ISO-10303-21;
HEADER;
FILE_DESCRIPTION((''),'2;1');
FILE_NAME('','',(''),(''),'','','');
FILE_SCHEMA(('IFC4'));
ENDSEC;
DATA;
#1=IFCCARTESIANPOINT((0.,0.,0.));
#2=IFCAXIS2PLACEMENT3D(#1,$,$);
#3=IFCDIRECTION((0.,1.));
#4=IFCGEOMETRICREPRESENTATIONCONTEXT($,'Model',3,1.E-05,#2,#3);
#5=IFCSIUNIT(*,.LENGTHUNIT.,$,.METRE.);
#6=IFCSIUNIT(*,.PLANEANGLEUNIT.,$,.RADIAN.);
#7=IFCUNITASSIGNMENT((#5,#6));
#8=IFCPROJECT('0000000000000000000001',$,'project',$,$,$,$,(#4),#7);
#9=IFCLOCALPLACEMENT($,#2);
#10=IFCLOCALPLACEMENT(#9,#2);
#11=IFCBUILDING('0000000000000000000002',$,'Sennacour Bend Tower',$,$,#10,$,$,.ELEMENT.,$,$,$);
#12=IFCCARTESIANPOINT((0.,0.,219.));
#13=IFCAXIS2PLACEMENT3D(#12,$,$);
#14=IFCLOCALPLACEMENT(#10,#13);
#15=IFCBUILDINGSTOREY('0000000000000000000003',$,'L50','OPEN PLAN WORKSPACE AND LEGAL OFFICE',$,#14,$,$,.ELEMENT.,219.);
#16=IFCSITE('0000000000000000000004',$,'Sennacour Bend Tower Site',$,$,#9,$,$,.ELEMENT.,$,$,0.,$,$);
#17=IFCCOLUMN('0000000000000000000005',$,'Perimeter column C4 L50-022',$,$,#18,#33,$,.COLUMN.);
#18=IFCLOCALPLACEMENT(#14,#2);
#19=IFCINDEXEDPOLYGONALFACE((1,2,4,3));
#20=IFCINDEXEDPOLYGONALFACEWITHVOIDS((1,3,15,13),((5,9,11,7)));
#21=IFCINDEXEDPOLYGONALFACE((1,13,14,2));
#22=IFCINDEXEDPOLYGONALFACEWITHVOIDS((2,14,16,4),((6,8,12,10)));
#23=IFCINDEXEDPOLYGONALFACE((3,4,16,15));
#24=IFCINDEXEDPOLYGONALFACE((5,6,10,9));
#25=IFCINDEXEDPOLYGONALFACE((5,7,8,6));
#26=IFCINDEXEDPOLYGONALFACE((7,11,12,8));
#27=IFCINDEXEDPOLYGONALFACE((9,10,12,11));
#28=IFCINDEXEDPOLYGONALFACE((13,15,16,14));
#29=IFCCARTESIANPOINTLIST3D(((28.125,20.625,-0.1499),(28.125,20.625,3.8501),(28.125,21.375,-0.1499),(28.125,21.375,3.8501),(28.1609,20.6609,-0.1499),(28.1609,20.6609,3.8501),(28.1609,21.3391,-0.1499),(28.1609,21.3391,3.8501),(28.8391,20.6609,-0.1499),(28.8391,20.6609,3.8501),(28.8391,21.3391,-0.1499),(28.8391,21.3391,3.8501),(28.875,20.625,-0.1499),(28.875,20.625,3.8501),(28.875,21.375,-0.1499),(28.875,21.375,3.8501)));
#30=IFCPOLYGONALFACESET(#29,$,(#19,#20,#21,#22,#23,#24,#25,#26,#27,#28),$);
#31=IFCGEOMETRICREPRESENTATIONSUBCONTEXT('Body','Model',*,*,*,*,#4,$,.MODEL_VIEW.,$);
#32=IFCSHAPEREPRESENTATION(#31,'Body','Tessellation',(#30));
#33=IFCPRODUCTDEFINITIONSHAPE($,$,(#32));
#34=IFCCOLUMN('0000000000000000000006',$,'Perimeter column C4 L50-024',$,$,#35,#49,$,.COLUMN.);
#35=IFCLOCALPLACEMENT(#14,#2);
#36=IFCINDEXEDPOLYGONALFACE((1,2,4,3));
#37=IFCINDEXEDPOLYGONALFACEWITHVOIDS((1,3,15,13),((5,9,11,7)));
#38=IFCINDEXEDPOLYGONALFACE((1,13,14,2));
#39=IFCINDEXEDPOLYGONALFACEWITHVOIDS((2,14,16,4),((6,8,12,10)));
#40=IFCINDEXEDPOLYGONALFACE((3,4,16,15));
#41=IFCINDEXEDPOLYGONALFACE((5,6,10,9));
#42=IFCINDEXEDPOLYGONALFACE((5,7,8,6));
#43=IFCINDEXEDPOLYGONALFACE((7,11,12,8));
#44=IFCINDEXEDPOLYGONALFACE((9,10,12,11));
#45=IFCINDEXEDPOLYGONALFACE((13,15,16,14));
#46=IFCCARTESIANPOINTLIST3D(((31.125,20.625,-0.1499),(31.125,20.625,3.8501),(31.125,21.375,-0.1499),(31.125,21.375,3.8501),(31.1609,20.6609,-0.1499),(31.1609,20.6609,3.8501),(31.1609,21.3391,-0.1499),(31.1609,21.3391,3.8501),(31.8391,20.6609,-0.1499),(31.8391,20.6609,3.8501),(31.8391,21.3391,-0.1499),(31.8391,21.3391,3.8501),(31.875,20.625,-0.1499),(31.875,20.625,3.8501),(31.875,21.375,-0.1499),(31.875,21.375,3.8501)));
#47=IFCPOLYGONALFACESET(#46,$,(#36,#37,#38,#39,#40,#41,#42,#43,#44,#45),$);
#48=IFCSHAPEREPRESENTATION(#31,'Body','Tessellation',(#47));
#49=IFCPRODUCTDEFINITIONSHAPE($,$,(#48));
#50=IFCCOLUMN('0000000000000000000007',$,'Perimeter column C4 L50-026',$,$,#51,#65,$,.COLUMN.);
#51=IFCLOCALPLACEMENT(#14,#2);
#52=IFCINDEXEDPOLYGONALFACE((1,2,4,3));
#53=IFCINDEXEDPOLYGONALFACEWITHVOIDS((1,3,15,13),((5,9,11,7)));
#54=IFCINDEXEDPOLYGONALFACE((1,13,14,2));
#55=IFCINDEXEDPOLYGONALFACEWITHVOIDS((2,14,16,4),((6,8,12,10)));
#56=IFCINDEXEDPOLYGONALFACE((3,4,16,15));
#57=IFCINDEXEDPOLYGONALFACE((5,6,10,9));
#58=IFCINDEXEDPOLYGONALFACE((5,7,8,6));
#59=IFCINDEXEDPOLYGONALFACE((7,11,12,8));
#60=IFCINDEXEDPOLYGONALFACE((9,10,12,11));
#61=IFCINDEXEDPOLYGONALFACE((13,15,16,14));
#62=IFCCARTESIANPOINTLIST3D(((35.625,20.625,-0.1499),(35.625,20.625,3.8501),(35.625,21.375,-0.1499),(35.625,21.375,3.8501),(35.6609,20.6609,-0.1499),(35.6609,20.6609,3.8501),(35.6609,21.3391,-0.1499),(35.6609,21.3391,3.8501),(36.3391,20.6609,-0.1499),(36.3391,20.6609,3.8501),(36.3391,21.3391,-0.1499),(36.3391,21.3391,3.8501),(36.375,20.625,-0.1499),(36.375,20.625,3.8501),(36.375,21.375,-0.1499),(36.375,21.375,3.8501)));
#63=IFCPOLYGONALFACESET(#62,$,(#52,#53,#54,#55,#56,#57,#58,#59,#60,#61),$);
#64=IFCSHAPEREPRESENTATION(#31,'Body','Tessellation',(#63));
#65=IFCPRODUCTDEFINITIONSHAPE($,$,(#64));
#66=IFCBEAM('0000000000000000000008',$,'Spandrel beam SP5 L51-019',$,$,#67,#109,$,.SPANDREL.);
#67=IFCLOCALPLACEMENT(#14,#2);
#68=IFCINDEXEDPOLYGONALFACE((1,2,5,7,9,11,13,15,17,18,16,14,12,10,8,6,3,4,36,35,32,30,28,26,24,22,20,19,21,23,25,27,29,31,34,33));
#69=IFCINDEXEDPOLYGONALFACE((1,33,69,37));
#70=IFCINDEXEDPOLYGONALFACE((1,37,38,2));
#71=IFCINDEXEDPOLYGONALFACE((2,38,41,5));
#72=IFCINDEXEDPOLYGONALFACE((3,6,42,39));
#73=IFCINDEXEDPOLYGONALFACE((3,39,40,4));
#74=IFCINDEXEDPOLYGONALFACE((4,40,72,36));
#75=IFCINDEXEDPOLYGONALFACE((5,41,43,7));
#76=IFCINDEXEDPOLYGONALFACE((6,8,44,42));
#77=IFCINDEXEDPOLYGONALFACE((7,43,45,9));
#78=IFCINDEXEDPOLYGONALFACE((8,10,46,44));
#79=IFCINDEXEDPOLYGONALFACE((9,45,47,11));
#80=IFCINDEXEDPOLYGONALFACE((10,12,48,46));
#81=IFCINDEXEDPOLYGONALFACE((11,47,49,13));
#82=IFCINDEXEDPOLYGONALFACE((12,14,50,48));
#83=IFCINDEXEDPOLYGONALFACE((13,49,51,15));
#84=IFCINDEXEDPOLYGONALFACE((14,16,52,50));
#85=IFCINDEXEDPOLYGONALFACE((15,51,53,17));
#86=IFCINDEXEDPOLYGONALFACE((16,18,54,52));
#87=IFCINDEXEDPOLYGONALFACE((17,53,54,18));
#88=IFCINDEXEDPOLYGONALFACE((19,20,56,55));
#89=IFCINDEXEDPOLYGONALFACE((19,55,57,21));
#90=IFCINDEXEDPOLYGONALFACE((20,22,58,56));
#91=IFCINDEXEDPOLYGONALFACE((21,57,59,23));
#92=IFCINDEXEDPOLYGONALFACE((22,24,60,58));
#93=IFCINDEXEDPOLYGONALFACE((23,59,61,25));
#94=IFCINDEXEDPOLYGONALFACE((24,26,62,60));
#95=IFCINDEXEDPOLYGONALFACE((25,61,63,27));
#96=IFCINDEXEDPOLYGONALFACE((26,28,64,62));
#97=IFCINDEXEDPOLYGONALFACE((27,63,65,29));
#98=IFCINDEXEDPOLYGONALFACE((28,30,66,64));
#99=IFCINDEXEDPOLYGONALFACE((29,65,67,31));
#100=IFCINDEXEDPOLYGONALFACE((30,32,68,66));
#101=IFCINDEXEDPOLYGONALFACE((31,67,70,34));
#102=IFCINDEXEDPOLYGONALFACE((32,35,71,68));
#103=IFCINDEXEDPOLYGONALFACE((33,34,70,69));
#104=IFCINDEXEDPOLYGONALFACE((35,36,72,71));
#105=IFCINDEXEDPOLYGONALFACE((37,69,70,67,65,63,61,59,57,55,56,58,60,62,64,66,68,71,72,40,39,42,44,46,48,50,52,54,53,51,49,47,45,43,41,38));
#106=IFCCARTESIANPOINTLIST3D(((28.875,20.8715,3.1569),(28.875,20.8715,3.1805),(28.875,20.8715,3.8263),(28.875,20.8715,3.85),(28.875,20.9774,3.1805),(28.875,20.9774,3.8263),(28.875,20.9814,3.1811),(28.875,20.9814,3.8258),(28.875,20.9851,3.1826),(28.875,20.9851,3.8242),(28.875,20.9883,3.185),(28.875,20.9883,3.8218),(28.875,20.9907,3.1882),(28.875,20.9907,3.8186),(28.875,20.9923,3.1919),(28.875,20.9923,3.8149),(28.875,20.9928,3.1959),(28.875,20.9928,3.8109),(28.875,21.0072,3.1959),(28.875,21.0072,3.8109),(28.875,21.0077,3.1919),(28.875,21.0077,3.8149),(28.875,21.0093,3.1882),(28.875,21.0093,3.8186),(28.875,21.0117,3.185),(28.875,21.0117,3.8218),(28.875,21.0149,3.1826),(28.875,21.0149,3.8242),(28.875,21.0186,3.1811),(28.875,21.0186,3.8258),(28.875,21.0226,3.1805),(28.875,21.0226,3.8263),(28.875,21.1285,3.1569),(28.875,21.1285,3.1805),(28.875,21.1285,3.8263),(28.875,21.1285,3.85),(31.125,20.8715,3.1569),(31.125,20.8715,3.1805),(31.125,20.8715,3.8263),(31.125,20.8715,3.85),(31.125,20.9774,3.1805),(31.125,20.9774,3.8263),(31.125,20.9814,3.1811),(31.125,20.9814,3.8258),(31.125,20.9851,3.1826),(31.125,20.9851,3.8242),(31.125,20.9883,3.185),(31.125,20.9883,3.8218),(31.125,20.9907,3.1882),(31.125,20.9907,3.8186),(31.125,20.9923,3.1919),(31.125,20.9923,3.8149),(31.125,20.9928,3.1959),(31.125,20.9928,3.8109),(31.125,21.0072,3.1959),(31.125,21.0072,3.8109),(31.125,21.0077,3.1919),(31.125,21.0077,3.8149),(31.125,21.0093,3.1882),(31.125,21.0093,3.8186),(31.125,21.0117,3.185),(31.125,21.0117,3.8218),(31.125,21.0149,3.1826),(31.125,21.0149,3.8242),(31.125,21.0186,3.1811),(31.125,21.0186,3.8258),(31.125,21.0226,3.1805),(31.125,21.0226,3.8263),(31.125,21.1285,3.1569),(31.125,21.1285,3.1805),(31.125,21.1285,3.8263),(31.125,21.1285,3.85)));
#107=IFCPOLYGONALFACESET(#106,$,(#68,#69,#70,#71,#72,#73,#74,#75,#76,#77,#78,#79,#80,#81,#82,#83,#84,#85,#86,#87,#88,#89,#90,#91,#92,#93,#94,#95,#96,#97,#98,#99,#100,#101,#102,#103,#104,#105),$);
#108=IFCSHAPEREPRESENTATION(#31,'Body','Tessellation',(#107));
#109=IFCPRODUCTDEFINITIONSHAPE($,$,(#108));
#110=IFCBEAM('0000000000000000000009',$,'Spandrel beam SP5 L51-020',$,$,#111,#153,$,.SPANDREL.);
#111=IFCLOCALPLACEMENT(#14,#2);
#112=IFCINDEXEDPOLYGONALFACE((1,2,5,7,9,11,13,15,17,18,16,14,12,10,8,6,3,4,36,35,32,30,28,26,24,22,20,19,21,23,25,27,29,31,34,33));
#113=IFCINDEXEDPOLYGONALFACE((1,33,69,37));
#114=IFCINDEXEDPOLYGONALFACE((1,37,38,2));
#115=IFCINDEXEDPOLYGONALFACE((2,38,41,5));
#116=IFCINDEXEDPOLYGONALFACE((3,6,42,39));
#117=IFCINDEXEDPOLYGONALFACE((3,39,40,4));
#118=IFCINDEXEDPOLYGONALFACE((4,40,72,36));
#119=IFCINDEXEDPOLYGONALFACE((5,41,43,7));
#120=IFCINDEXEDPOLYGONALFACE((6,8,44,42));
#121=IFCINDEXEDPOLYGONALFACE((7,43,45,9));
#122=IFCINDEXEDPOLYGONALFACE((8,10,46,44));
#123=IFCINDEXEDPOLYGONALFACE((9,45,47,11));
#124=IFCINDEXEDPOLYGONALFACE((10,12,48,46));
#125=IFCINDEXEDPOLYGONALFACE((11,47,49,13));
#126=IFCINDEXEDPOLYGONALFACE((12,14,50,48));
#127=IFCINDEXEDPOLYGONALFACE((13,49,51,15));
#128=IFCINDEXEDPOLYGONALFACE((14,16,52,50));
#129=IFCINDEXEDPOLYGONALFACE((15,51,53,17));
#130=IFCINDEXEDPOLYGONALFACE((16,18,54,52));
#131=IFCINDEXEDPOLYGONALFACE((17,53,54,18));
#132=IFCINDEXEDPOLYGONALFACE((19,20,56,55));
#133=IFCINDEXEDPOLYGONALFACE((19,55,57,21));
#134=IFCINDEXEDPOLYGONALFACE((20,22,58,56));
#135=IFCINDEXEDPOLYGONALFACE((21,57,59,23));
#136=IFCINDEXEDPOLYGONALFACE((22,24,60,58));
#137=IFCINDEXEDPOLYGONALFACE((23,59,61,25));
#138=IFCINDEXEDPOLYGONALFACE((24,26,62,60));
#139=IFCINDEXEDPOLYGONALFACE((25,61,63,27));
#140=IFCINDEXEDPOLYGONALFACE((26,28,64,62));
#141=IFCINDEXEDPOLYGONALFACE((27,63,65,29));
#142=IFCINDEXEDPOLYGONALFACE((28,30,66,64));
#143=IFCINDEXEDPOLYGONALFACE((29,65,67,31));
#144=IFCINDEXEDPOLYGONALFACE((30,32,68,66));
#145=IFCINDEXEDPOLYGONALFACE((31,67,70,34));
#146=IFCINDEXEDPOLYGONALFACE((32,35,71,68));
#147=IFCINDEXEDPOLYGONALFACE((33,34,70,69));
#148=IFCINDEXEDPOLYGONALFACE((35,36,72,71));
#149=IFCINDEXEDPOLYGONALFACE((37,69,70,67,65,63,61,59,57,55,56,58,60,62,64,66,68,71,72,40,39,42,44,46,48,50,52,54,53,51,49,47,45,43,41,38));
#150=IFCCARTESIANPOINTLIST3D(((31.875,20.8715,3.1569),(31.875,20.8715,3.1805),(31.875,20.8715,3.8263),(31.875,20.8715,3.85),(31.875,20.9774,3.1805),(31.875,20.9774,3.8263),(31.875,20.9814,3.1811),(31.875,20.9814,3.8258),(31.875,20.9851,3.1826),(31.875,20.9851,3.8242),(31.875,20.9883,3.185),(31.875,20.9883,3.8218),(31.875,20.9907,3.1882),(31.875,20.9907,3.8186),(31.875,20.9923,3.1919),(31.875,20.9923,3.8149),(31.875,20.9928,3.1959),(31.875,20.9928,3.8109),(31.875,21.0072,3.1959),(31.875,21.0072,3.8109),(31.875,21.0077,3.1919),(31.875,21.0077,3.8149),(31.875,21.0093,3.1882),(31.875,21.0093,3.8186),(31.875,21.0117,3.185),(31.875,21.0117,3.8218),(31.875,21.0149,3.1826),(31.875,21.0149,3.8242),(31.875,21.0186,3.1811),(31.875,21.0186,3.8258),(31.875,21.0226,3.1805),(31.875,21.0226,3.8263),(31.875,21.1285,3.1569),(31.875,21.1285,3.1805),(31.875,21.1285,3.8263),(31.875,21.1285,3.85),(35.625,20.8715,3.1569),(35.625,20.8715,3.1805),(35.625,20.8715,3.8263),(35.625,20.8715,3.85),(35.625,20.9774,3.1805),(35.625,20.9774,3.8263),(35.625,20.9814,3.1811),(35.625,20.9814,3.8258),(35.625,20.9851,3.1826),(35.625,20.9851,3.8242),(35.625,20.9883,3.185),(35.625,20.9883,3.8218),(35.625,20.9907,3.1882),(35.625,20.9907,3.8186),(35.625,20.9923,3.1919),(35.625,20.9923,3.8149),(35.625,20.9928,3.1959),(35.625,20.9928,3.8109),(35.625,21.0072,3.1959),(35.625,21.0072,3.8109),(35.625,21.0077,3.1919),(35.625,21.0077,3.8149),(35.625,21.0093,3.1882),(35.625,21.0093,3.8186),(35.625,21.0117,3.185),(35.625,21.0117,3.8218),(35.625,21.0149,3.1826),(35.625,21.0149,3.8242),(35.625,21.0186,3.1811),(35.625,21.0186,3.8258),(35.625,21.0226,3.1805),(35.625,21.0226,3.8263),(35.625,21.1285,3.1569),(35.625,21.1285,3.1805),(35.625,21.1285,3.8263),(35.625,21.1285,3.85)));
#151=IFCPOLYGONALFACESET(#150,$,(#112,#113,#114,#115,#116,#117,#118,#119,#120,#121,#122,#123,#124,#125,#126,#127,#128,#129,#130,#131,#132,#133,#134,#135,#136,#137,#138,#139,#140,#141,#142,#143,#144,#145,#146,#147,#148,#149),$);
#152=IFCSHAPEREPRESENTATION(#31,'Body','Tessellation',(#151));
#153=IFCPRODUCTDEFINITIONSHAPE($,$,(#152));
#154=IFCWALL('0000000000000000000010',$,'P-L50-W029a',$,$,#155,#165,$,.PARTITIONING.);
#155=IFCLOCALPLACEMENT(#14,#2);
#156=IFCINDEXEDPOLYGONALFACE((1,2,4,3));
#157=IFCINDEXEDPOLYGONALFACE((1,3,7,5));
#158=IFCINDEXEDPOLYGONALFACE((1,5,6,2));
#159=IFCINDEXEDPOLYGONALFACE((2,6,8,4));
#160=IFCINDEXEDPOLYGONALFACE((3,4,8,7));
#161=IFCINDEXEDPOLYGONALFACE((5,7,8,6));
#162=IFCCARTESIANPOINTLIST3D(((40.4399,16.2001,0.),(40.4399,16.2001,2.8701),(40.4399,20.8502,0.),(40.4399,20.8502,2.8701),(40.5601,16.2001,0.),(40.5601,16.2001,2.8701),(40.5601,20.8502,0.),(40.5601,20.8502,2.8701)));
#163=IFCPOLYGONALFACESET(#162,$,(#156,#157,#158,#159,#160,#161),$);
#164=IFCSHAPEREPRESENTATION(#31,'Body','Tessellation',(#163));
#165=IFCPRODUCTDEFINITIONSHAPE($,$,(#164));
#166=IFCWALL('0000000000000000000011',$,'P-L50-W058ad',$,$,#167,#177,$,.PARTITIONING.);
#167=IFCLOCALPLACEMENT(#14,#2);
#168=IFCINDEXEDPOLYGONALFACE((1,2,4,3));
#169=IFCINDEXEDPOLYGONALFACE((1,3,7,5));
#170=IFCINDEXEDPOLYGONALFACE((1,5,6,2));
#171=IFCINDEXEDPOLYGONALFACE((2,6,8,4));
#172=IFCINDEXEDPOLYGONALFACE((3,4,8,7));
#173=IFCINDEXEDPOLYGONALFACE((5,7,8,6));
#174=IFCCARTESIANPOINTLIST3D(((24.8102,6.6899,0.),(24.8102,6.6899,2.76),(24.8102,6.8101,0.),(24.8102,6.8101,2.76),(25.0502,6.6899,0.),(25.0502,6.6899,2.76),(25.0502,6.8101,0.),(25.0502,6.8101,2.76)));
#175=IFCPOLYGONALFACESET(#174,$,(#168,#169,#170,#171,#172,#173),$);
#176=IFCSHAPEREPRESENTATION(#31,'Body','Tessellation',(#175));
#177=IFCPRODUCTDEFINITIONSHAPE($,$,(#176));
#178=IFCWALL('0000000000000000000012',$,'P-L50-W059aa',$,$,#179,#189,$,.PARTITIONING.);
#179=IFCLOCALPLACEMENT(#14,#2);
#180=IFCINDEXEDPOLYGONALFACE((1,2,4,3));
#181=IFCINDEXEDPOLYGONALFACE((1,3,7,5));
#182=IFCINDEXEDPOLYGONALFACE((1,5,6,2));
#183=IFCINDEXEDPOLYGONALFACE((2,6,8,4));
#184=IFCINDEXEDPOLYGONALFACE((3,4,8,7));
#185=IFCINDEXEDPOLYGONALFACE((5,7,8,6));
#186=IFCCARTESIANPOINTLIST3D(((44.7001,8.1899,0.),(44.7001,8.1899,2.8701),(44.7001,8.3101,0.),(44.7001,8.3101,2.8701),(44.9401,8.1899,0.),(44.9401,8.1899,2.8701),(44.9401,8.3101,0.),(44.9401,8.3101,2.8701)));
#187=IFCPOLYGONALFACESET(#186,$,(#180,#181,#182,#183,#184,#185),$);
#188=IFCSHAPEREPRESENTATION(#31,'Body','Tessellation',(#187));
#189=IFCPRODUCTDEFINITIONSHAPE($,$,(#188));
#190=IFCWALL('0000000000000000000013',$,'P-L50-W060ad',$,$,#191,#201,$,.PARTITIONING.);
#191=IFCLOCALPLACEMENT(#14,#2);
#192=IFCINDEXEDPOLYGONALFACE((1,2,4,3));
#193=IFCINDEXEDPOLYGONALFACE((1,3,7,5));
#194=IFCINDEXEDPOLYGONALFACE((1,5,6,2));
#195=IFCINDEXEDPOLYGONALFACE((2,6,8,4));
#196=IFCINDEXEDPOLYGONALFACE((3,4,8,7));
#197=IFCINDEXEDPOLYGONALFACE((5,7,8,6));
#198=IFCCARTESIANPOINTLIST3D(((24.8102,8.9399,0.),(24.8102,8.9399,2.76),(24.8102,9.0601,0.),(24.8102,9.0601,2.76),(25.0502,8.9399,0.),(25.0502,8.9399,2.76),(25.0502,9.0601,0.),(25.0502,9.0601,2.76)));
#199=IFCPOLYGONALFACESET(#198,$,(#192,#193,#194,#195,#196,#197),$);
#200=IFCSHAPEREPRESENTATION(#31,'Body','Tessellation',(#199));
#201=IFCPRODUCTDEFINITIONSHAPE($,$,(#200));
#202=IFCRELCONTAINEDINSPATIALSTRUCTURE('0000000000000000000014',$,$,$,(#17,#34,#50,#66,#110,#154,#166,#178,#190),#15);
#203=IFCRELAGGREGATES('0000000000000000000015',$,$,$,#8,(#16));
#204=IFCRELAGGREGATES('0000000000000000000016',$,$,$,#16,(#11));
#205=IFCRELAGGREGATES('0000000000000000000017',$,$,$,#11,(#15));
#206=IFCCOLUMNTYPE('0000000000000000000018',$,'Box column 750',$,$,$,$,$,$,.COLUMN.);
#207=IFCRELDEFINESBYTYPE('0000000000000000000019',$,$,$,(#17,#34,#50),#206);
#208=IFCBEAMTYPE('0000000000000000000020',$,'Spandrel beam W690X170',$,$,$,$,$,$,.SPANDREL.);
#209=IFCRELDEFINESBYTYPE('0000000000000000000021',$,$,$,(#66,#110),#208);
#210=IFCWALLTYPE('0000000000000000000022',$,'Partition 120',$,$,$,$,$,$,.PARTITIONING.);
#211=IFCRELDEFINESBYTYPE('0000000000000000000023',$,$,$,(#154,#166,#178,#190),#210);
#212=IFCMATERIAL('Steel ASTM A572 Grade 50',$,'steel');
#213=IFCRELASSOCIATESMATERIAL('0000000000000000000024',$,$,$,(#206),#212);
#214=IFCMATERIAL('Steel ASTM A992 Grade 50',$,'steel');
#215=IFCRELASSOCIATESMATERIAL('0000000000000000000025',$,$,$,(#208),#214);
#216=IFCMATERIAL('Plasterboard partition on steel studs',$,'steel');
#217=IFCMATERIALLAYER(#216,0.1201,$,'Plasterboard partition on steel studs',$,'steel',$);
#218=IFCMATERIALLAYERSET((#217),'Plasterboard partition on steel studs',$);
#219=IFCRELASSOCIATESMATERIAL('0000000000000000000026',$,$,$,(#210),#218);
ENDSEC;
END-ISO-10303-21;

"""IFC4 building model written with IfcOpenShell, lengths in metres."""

from ifc_helpers import new_model, si_unit, direction, frame, frame_2d, origin, origin_2d, place, context, subcontext, project, spatial, rectangle, hollow_rectangle, i_section, extrude, material, layer, layer_set, material_profile, profile_set, type_object, element, save


model = new_model("IFC4")

# Units and contexts
model_context = context("Model", 3, precision=1e-05, world=origin(), true_north=direction((0.0, 1.0)))
body_context = subcontext(model_context, "Body", "Model", "MODEL_VIEW")
ifc_project = project(units=[si_unit("LENGTHUNIT", "METRE"), si_unit("PLANEANGLEUNIT", "RADIAN")], contexts=[model_context])

# Site, building, storey
site_placement = place(None, origin())
site = spatial("IfcSite", under=ifc_project, at=site_placement, Name="Sennacour Bend Tower Site", CompositionType="ELEMENT", RefElevation=0.0)
building_placement = place(site_placement, origin())
building = spatial("IfcBuilding", under=site, at=building_placement, Name="Sennacour Bend Tower", CompositionType="ELEMENT")
storey_placement = place(building_placement, frame((0.0, 0.0, 219.0)))
storey = spatial("IfcBuildingStorey", under=building, at=storey_placement, Name="L50", Description="OPEN PLAN WORKSPACE AND LEGAL OFFICE", CompositionType="ELEMENT", Elevation=219.0)

# Columns
ifc_material_1 = material(Name="Steel ASTM A572 Grade 50", Category="steel")
ifc_material_profile_1 = material_profile(ifc_material_1, hollow_rectangle(XDim=0.75, YDim=0.75, WallThickness=0.0359, at=origin_2d()), Name="Steel ASTM A572 Grade 50", Category="steel")
ifc_profile_set_1 = profile_set([ifc_material_profile_1], Name="Steel ASTM A572 Grade 50")
column_type = type_object("IfcColumnType", Name="Box column 750", PredefinedType="COLUMN", material=ifc_profile_set_1)
for number, where, z_axis, x_axis, name in (
    (1, (28.5, 21.0, -0.1499), (0.0, 0.0, 1.0), (1.0, 0.0, 0.0), "Perimeter column C4 L50-022"),
    (2, (31.5, 21.0, -0.1499), (0.0, 0.0, 1.0), (1.0, 0.0, 0.0), "Perimeter column C4 L50-024"),
    (3, (36.0, 21.0, -0.1499), (0.0, 0.0, 1.0), (1.0, 0.0, 0.0), "Perimeter column C4 L50-026"),
):
    element("IfcColumn", number, at=place(storey_placement, frame(where, z_axis=z_axis, x_axis=x_axis)), inside=storey, type_object=column_type, Name=name, PredefinedType="COLUMN", context=body_context, shape_type="SweptSolid", body=[
        extrude(hollow_rectangle(XDim=0.75, YDim=0.75, WallThickness=0.0359, at=origin_2d()), origin(), (0.0, 0.0, 1.0), 4.0),
    ])

# Beams
ifc_material_2 = material(Name="Steel ASTM A992 Grade 50", Category="steel")
ifc_material_profile_2 = material_profile(ifc_material_2, i_section(OverallWidth=0.2571, OverallDepth=0.6931, WebThickness=0.0144, FlangeThickness=0.0237, FilletRadius=0.0154, at=origin_2d()), Name="Steel ASTM A992 Grade 50", Category="steel")
ifc_profile_set_2 = profile_set([ifc_material_profile_2], Name="Steel ASTM A992 Grade 50")
beam_type = type_object("IfcBeamType", Name="Spandrel beam W690X170", PredefinedType="SPANDREL", material=ifc_profile_set_2)
beam_1_placement = place(storey_placement, frame((28.875, 21.0, 3.5034), z_axis=(1.0, 0.0, 0.0), x_axis=(0.0, 1.0, 0.0)))
element("IfcBeam", 4, at=beam_1_placement, inside=storey, type_object=beam_type, Name="Spandrel beam SP5 L51-019", PredefinedType="SPANDREL", context=body_context, shape_type="SweptSolid", body=[
    extrude(i_section(OverallWidth=0.2571, OverallDepth=0.6931, WebThickness=0.0144, FlangeThickness=0.0237, FilletRadius=0.0154, at=origin_2d()), origin(), (0.0, 0.0, 1.0), 2.25),
])
beam_2_placement = place(storey_placement, frame((31.875, 21.0, 3.5034), z_axis=(1.0, 0.0, 0.0), x_axis=(0.0, 1.0, 0.0)))
element("IfcBeam", 5, at=beam_2_placement, inside=storey, type_object=beam_type, Name="Spandrel beam SP5 L51-020", PredefinedType="SPANDREL", context=body_context, shape_type="SweptSolid", body=[
    extrude(i_section(OverallWidth=0.2571, OverallDepth=0.6931, WebThickness=0.0144, FlangeThickness=0.0237, FilletRadius=0.0154, at=origin_2d()), origin(), (0.0, 0.0, 1.0), 3.75),
])

# Walls
ifc_material_3 = material(Name="Plasterboard partition on steel studs", Category="steel")
ifc_layer_1 = layer(ifc_material_3, 0.1201, Name="Plasterboard partition on steel studs", Category="steel")
ifc_layer_set_1 = layer_set([ifc_layer_1], Name="Plasterboard partition on steel studs")
wall_type_1 = type_object("IfcWallType", Name="Partition 120", PredefinedType="PARTITIONING", material=ifc_layer_set_1)
wall_1_placement = place(storey_placement, frame((40.5, 16.2, 0.0), z_axis=(0.0, 0.0, 1.0), x_axis=(0.0, 1.0, 0.0)))
element("IfcWall", 6, at=wall_1_placement, inside=storey, type_object=wall_type_1, Name="P-L50-W029a", PredefinedType="PARTITIONING", context=body_context, shape_type="SweptSolid", body=[
    extrude(rectangle(XDim=4.6501, YDim=0.1201, at=frame_2d((2.3252, 0.0))), origin(), (0.0, 0.0, 1.0), 2.8701),
])
wall_2_placement = place(storey_placement, frame((24.8101, 6.75, 0.0), z_axis=(0.0, 0.0, 1.0), x_axis=(1.0, 0.0, 0.0)))
element("IfcWall", 7, at=wall_2_placement, inside=storey, type_object=wall_type_1, Name="P-L50-W058ad", PredefinedType="PARTITIONING", context=body_context, shape_type="SweptSolid", body=[
    extrude(rectangle(XDim=0.24, YDim=0.1201, at=frame_2d((0.1201, 0.0))), origin(), (0.0, 0.0, 1.0), 2.76),
])
wall_3_placement = place(storey_placement, frame((44.7, 8.25, 0.0), z_axis=(0.0, 0.0, 1.0), x_axis=(1.0, 0.0, 0.0)))
element("IfcWall", 8, at=wall_3_placement, inside=storey, type_object=wall_type_1, Name="P-L50-W059aa", PredefinedType="PARTITIONING", context=body_context, shape_type="SweptSolid", body=[
    extrude(rectangle(XDim=0.24, YDim=0.1201, at=frame_2d((0.1201, 0.0))), origin(), (0.0, 0.0, 1.0), 2.8701),
])
wall_4_placement = place(storey_placement, frame((24.8101, 9.0, 0.0), z_axis=(0.0, 0.0, 1.0), x_axis=(1.0, 0.0, 0.0)))
element("IfcWall", 9, at=wall_4_placement, inside=storey, type_object=wall_type_1, Name="P-L50-W060ad", PredefinedType="PARTITIONING", context=body_context, shape_type="SweptSolid", body=[
    extrude(rectangle(XDim=0.24, YDim=0.1201, at=frame_2d((0.1201, 0.0))), origin(), (0.0, 0.0, 1.0), 2.76),
])

save(model, "model.ifc")
